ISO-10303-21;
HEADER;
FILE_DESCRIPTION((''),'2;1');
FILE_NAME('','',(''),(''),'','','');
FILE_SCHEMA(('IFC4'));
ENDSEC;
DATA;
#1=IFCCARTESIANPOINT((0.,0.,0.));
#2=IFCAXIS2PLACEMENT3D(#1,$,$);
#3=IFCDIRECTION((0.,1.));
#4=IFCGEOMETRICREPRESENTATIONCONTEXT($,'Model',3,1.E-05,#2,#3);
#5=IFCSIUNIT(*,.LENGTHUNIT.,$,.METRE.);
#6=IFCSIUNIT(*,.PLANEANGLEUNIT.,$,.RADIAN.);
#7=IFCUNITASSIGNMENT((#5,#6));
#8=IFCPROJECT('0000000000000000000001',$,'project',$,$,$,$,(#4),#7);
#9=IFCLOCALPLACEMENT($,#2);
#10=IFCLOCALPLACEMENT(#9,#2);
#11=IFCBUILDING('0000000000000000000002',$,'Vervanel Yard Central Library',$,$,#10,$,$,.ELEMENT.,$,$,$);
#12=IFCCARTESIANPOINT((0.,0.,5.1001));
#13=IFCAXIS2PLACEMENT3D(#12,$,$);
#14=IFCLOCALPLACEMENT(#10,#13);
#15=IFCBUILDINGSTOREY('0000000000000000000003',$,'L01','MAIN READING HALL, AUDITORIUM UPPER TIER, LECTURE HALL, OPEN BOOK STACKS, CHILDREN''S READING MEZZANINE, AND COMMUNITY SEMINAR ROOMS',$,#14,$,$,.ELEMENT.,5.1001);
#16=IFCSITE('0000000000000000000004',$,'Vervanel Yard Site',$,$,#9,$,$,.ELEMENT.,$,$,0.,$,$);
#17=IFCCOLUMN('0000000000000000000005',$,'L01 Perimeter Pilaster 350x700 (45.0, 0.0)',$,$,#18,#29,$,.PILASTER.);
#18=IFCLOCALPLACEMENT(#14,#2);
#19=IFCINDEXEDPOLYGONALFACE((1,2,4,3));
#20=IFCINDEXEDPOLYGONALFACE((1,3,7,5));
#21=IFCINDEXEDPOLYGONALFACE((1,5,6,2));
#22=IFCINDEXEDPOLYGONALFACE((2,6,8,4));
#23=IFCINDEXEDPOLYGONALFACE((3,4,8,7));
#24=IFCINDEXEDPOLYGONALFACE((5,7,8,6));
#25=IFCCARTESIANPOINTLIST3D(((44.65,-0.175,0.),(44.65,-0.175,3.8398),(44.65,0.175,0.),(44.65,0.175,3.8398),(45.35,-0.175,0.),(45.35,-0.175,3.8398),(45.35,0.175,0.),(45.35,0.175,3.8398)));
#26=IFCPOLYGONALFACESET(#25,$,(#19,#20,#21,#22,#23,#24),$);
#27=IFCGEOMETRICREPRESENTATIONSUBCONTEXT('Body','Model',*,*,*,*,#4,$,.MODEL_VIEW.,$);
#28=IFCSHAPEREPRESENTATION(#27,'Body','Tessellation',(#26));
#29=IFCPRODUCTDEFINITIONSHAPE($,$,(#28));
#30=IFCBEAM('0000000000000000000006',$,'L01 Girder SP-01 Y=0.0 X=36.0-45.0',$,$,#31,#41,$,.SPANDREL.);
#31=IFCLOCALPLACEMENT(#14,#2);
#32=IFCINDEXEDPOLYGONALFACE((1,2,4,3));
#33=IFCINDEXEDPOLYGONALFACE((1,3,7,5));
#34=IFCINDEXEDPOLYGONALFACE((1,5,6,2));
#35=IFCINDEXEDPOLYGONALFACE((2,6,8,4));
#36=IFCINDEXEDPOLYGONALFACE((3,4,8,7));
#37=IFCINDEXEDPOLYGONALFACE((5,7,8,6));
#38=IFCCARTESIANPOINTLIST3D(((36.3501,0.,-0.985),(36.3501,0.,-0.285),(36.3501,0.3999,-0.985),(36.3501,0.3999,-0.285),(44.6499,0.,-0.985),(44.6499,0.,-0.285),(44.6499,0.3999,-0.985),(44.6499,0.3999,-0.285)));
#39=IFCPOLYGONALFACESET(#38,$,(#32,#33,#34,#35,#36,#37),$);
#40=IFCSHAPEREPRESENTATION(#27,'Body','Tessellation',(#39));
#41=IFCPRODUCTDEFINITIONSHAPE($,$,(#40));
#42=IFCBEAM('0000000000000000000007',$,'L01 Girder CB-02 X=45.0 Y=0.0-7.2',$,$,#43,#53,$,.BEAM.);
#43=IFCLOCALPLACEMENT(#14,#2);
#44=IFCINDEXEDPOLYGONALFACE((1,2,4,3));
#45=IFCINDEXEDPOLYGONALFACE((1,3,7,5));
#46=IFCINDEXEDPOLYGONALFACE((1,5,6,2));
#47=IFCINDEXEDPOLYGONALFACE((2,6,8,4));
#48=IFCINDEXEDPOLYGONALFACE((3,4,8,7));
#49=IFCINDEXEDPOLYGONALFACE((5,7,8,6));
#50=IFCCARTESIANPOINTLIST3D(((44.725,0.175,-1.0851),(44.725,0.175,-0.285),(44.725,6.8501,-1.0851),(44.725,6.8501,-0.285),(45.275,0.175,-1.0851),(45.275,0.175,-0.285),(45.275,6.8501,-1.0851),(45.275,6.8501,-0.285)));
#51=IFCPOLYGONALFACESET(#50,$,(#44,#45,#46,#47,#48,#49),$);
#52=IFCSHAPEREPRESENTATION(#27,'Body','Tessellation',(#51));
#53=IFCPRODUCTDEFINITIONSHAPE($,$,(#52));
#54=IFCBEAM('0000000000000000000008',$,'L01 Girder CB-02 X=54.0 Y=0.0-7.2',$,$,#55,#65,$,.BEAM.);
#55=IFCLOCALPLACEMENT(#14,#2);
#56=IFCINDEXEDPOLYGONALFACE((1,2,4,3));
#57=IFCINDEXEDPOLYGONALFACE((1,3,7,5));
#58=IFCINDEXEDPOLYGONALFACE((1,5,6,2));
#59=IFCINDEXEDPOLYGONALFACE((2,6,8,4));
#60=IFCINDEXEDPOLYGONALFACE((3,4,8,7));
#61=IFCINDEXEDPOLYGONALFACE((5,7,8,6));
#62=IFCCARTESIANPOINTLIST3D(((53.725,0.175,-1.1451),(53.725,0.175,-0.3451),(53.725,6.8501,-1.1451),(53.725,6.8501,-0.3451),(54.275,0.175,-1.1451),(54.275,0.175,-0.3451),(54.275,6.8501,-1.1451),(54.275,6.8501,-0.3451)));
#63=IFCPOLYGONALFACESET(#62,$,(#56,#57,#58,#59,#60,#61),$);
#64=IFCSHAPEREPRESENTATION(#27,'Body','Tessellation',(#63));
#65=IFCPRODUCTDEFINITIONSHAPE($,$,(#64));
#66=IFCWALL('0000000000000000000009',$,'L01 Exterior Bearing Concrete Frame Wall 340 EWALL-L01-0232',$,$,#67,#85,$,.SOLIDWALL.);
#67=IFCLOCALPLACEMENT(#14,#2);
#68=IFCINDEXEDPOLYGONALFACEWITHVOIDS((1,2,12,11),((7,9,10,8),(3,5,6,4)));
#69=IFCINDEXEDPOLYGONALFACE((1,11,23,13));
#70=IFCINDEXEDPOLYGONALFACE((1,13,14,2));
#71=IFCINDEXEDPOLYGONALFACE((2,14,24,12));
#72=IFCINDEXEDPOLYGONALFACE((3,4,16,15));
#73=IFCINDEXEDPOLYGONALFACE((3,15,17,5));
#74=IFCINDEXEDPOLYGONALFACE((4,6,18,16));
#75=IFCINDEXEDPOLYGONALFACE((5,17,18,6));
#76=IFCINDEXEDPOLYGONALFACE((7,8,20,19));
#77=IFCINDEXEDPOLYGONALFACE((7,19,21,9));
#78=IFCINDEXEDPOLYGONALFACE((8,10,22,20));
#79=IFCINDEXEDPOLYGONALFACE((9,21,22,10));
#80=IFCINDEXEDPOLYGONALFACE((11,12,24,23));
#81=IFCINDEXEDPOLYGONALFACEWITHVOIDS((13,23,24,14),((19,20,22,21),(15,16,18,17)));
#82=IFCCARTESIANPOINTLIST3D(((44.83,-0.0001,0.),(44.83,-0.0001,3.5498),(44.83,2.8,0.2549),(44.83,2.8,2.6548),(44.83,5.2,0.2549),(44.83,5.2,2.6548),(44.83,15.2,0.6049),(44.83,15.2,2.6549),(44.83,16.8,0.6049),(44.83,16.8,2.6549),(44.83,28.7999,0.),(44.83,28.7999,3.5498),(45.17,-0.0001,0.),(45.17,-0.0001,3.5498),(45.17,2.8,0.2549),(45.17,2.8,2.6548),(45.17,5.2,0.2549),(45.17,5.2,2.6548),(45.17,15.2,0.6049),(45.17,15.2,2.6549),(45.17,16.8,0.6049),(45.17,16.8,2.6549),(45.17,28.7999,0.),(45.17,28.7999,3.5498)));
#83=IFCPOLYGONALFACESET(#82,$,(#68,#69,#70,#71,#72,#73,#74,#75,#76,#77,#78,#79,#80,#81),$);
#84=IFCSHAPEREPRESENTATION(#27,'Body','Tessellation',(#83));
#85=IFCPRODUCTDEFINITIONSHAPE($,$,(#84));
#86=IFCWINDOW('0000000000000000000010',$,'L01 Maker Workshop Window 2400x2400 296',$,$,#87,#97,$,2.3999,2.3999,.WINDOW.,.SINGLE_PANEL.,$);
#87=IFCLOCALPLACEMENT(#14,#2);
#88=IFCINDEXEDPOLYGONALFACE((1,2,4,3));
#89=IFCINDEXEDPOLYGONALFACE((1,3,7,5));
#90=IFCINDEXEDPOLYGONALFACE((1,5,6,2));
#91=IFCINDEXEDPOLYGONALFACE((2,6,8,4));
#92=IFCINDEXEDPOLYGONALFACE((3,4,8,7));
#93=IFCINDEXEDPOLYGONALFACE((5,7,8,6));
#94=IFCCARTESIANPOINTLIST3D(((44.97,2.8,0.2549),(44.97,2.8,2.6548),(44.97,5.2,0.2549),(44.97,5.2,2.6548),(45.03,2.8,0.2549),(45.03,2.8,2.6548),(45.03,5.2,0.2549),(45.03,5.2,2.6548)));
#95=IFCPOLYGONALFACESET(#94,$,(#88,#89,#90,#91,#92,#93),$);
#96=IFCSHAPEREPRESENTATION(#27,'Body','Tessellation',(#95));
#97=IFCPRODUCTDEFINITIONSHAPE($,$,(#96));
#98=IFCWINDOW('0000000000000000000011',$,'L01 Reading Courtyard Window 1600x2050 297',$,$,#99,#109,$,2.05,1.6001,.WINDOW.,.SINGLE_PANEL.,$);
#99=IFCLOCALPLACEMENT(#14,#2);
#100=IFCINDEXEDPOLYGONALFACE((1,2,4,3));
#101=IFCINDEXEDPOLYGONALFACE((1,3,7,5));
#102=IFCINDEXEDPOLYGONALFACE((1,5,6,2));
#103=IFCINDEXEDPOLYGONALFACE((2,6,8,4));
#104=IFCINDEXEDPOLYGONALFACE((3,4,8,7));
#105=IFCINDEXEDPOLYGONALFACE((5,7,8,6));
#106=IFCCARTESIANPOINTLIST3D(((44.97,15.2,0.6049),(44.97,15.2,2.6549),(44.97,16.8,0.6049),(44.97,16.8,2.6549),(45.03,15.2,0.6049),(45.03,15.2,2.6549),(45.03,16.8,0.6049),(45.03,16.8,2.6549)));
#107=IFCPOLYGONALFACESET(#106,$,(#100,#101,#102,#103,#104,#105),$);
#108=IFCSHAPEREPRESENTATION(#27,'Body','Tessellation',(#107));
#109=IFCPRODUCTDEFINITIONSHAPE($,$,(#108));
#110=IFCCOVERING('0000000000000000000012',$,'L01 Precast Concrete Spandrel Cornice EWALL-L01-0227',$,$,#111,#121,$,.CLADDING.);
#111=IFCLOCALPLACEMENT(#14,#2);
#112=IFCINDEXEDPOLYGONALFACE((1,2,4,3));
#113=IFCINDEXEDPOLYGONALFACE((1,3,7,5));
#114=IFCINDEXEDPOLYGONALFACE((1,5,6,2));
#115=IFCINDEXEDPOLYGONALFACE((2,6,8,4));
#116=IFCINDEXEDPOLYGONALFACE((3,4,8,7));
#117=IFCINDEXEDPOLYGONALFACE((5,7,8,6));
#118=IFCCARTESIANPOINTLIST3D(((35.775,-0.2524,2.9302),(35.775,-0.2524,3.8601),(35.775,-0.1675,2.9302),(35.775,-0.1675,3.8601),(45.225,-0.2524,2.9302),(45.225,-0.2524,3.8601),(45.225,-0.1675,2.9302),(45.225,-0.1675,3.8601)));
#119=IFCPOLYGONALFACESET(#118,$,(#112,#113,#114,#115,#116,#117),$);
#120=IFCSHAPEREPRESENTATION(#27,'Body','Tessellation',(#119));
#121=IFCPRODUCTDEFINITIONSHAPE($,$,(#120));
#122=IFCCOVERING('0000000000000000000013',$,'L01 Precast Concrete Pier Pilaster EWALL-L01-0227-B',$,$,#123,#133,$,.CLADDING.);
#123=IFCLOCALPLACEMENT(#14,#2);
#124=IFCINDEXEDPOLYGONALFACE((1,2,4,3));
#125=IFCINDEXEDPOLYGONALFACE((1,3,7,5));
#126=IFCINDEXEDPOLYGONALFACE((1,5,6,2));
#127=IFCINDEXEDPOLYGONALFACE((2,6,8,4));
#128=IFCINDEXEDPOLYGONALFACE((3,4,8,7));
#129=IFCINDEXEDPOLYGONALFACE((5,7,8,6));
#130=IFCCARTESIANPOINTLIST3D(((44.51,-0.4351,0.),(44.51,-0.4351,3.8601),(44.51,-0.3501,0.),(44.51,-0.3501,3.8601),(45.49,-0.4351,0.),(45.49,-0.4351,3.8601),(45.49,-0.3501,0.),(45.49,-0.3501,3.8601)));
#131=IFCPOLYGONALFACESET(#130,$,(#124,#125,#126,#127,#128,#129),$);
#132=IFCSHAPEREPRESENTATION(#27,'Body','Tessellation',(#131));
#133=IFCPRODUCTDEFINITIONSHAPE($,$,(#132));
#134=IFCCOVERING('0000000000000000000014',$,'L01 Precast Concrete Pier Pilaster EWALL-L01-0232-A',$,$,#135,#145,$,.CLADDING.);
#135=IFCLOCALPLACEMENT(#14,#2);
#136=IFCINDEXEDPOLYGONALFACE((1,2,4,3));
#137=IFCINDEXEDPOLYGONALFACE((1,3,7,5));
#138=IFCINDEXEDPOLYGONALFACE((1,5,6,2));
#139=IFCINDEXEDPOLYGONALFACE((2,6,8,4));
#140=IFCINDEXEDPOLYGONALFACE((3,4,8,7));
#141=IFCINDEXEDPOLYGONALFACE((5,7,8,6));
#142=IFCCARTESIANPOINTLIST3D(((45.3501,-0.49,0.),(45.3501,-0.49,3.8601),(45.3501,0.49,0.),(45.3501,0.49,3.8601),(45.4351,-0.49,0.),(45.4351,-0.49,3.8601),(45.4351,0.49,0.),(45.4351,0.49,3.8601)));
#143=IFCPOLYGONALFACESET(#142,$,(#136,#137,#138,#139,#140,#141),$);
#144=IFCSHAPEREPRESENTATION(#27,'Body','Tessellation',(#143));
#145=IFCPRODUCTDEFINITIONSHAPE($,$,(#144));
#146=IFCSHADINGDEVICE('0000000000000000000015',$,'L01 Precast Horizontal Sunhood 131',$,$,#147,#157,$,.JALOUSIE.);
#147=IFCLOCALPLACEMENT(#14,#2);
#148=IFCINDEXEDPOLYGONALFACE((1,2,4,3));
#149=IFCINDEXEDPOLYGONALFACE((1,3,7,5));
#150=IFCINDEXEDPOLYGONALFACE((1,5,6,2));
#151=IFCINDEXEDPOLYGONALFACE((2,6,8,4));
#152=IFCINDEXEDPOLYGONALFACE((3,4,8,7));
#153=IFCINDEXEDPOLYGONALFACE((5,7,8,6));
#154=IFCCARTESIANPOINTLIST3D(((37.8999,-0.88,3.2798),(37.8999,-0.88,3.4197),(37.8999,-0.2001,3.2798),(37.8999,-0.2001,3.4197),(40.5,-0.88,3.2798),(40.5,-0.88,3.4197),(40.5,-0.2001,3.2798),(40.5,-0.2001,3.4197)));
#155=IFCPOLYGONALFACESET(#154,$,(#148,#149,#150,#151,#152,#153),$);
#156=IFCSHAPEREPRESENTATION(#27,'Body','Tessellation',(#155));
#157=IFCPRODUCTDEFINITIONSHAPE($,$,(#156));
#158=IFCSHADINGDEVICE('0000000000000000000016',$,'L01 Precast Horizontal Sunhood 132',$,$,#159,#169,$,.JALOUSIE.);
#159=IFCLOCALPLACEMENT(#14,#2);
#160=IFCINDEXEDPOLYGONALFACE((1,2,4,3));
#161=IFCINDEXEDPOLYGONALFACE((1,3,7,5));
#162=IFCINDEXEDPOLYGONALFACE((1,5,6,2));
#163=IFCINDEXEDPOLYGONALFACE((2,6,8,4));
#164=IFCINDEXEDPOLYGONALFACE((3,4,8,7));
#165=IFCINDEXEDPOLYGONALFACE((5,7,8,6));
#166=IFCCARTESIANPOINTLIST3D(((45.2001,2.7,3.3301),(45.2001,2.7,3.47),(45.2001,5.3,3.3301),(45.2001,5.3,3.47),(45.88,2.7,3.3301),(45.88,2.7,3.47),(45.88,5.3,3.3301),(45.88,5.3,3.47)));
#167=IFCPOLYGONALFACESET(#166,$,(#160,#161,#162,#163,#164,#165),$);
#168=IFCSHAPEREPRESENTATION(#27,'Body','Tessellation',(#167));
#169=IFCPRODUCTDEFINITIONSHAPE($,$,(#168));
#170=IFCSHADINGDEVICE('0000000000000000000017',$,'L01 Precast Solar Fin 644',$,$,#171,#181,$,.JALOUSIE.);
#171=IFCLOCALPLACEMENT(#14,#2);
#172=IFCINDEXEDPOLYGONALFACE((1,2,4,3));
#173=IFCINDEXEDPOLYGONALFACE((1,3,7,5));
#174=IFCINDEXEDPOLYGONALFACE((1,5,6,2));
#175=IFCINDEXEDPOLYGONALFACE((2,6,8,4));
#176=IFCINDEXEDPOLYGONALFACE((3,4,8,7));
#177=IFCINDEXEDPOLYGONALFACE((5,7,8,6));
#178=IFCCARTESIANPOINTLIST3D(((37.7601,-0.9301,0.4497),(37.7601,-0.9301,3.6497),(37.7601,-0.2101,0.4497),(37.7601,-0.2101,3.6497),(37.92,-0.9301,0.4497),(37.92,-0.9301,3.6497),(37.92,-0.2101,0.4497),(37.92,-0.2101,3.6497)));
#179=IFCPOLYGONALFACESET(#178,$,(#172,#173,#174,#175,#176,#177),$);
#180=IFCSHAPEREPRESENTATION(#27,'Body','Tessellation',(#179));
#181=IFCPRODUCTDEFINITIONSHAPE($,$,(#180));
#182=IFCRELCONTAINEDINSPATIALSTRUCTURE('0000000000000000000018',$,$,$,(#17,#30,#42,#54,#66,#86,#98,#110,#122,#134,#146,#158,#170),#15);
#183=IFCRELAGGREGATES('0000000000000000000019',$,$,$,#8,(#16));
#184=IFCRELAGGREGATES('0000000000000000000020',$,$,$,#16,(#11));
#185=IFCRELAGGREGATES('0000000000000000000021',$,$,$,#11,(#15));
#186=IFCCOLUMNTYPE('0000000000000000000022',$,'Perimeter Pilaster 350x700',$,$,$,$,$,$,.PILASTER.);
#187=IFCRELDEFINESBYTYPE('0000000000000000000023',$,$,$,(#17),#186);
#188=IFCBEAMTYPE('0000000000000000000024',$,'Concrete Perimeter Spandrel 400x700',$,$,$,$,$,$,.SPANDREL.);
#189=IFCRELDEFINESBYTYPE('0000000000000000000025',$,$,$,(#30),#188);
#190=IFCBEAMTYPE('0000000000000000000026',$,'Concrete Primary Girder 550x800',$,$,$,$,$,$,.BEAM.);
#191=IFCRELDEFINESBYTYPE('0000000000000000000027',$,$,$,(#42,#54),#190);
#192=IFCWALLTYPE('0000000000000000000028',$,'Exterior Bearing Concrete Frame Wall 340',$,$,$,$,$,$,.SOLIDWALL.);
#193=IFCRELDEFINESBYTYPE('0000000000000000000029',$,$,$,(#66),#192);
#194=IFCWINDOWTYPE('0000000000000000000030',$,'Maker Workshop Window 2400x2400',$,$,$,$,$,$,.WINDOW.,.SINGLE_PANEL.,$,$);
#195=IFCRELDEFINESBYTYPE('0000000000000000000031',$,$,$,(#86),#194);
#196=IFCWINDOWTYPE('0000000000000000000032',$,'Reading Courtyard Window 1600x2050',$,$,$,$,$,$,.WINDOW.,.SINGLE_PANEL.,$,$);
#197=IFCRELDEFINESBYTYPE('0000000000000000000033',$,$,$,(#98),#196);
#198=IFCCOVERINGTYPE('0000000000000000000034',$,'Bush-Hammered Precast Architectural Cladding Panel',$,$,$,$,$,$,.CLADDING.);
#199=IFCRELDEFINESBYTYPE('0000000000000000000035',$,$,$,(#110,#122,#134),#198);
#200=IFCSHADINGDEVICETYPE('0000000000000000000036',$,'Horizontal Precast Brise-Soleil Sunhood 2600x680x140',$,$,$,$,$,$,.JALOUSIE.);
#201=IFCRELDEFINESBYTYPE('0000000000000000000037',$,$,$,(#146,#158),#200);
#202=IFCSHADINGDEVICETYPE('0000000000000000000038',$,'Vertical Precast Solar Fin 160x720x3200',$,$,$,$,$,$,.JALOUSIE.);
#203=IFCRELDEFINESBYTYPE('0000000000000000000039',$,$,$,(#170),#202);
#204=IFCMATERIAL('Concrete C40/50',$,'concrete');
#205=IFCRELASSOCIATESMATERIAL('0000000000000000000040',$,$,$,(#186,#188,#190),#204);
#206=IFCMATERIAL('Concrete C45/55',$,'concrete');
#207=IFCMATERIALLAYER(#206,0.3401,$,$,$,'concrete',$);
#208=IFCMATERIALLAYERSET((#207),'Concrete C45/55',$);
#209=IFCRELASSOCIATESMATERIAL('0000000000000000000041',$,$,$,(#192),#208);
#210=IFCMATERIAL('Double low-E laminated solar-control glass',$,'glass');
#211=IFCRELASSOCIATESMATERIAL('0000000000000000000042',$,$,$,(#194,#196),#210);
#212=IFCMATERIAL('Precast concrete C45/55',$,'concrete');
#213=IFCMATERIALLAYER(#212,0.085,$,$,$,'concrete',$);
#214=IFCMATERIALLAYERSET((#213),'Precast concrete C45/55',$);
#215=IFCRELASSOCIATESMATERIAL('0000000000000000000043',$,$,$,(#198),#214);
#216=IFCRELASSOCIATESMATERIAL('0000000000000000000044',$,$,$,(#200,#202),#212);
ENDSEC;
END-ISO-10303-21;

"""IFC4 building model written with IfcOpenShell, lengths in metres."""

from ifc_helpers import new_model, si_unit, direction, frame, frame_2d, origin, origin_2d, place, context, subcontext, project, spatial, rectangle, extrude, material, layer, layer_set, material_profile, profile_set, type_object, element, fill, save


model = new_model("IFC4")

# Units and contexts
model_context = context("Model", 3, precision=1e-05, world=origin(), true_north=direction((0.0, 1.0)))
body_context = subcontext(model_context, "Body", "Model", "MODEL_VIEW")
ifc_project = project(units=[si_unit("LENGTHUNIT", "METRE"), si_unit("PLANEANGLEUNIT", "RADIAN")], contexts=[model_context])

# Site, building, storey
site_placement = place(None, origin())
site = spatial("IfcSite", under=ifc_project, at=site_placement, Name="Vervanel Yard Site", CompositionType="ELEMENT", RefElevation=0.0)
building_placement = place(site_placement, origin())
building = spatial("IfcBuilding", under=site, at=building_placement, Name="Vervanel Yard Central Library", CompositionType="ELEMENT")
storey_placement = place(building_placement, frame((0.0, 0.0, 5.1001)))
storey = spatial("IfcBuildingStorey", under=building, at=storey_placement, Name="L01", Description="MAIN READING HALL, AUDITORIUM UPPER TIER, LECTURE HALL, OPEN BOOK STACKS, CHILDREN'S READING MEZZANINE, AND COMMUNITY SEMINAR ROOMS", CompositionType="ELEMENT", Elevation=5.1001)

# Column
ifc_material_1 = material(Name="Concrete C40/50", Category="concrete")
ifc_material_profile_1 = material_profile(ifc_material_1, rectangle(XDim=0.3501, YDim=0.7, at=origin_2d()), Name="RC 350x700", Category="concrete")
ifc_profile_set_1 = profile_set([ifc_material_profile_1], Name="Concrete C40/50")
column_type = type_object("IfcColumnType", Name="Perimeter Pilaster 350x700", PredefinedType="PILASTER", material=ifc_profile_set_1)
column_placement = place(storey_placement, frame((45.0, 0.0, 0.0), z_axis=(0.0, 0.0, 1.0), x_axis=(0.0, 1.0, 0.0)))
element("IfcColumn", 1, at=column_placement, inside=storey, type_object=column_type, Name="L01 Perimeter Pilaster 350x700 (45.0, 0.0)", PredefinedType="PILASTER", context=body_context, shape_type="SweptSolid", body=[
    extrude(rectangle(XDim=0.3501, YDim=0.7, at=origin_2d()), origin(), (0.0, 0.0, 1.0), 3.8398),
])

# Beams
ifc_material_profile_2 = material_profile(ifc_material_1, rectangle(XDim=0.3999, YDim=0.7, at=origin_2d()), Name="RC 400x700", Category="concrete")
ifc_profile_set_2 = profile_set([ifc_material_profile_2], Name="Concrete C40/50")
beam_type_1 = type_object("IfcBeamType", Name="Concrete Perimeter Spandrel 400x700", PredefinedType="SPANDREL", material=ifc_profile_set_2)
beam_placement = place(storey_placement, frame((36.3501, 0.2, -0.635), z_axis=(1.0, 0.0, 0.0), x_axis=(0.0, 1.0, 0.0)))
element("IfcBeam", 2, at=beam_placement, inside=storey, type_object=beam_type_1, Name="L01 Girder SP-01 Y=0.0 X=36.0-45.0", PredefinedType="SPANDREL", context=body_context, shape_type="SweptSolid", body=[
    extrude(rectangle(XDim=0.3999, YDim=0.7, at=origin_2d()), origin(), (0.0, 0.0, 1.0), 8.2998),
])
ifc_material_profile_3 = material_profile(ifc_material_1, rectangle(XDim=0.55, YDim=0.8, at=origin_2d()), Name="RC 550x800", Category="concrete")
ifc_profile_set_3 = profile_set([ifc_material_profile_3], Name="Concrete C40/50")
beam_type_2 = type_object("IfcBeamType", Name="Concrete Primary Girder 550x800", PredefinedType="BEAM", material=ifc_profile_set_3)
for number, where, z_axis, x_axis, name in (
    (3, (45.0, 0.175, -0.6851), (0.0, 1.0, 0.0), (-1.0, 0.0, 0.0), "L01 Girder CB-02 X=45.0 Y=0.0-7.2"),
    (4, (54.0, 0.175, -0.7451), (0.0, 1.0, 0.0), (-1.0, 0.0, 0.0), "L01 Girder CB-02 X=54.0 Y=0.0-7.2"),
):
    element("IfcBeam", number, at=place(storey_placement, frame(where, z_axis=z_axis, x_axis=x_axis)), inside=storey, type_object=beam_type_2, Name=name, PredefinedType="BEAM", context=body_context, shape_type="SweptSolid", body=[
        extrude(rectangle(XDim=0.55, YDim=0.8, at=origin_2d()), origin(), (0.0, 0.0, 1.0), 6.675),
    ])

# Wall, openings, windows
ifc_material_2 = material(Name="Concrete C45/55", Category="concrete")
ifc_layer_1 = layer(ifc_material_2, 0.3401, Category="concrete")
ifc_layer_set_1 = layer_set([ifc_layer_1], Name="Concrete C45/55")
wall_type = type_object("IfcWallType", Name="Exterior Bearing Concrete Frame Wall 340", PredefinedType="SOLIDWALL", material=ifc_layer_set_1)
wall_placement = place(storey_placement, frame((45.0, 0.0, 0.0), z_axis=(0.0, 0.0, 1.0), x_axis=(0.0, 1.0, 0.0)))
wall = element("IfcWall", 5, at=wall_placement, inside=storey, type_object=wall_type, Name="L01 Exterior Bearing Concrete Frame Wall 340 EWALL-L01-0232", PredefinedType="SOLIDWALL", context=body_context, shape_type="SweptSolid", body=[
    extrude(rectangle(XDim=28.8, YDim=0.3401, at=frame_2d((14.3999, 0.0))), origin(), (0.0, 0.0, 1.0), 3.5498),
])
opening_1_placement = place(wall_placement, frame((2.8, 0.0, 0.2549)))
opening_1 = element("IfcOpeningElement", 6, at=opening_1_placement, cuts=wall, PredefinedType="OPENING", context=body_context, shape_type="SweptSolid", body=[
    extrude(rectangle(XDim=2.3999, YDim=2.3999, at=frame_2d((1.2, 1.2))), frame((0.0, 0.1799, 0.0), z_axis=(0.0, -1.0, 0.0), x_axis=(1.0, 0.0, 0.0)), (0.0, 0.0, 1.0), 0.3601),
])
opening_2_placement = place(wall_placement, frame((15.2, 0.0, 0.605)))
opening_2 = element("IfcOpeningElement", 7, at=opening_2_placement, cuts=wall, PredefinedType="OPENING", context=body_context, shape_type="SweptSolid", body=[
    extrude(rectangle(XDim=1.6001, YDim=2.05, at=frame_2d((0.8, 1.0249))), frame((0.0, 0.1799, 0.0), z_axis=(0.0, -1.0, 0.0), x_axis=(1.0, 0.0, 0.0)), (0.0, 0.0, 1.0), 0.3601),
])
ifc_material_3 = material(Name="Double low-E laminated solar-control glass", Category="glass")
window_type_1 = type_object("IfcWindowType", Name="Maker Workshop Window 2400x2400", PartitioningType="SINGLE_PANEL", PredefinedType="WINDOW", material=ifc_material_3)
window_1_placement = place(opening_1_placement, origin())
window_1 = element("IfcWindow", 8, at=window_1_placement, inside=storey, type_object=window_type_1, Name="L01 Maker Workshop Window 2400x2400 296", OverallHeight=2.3999, OverallWidth=2.3999, PartitioningType="SINGLE_PANEL", PredefinedType="WINDOW", context=body_context, shape_type="SweptSolid", body=[
    extrude(rectangle(XDim=2.3999, YDim=2.3999, at=frame_2d((1.2, 1.2))), frame((0.0, 0.03, 0.0), z_axis=(0.0, -1.0, 0.0), x_axis=(1.0, 0.0, 0.0)), (0.0, 0.0, 1.0), 0.0601),
])
fill(opening_1, window_1)
window_type_2 = type_object("IfcWindowType", Name="Reading Courtyard Window 1600x2050", PartitioningType="SINGLE_PANEL", PredefinedType="WINDOW", material=ifc_material_3)
window_2_placement = place(opening_2_placement, origin())
window_2 = element("IfcWindow", 9, at=window_2_placement, inside=storey, type_object=window_type_2, Name="L01 Reading Courtyard Window 1600x2050 297", OverallHeight=2.05, OverallWidth=1.6001, PartitioningType="SINGLE_PANEL", PredefinedType="WINDOW", context=body_context, shape_type="SweptSolid", body=[
    extrude(rectangle(XDim=1.6001, YDim=2.05, at=frame_2d((0.8, 1.0249))), frame((0.0, 0.03, 0.0), z_axis=(0.0, -1.0, 0.0), x_axis=(1.0, 0.0, 0.0)), (0.0, 0.0, 1.0), 0.0601),
])
fill(opening_2, window_2)

# Coverings
ifc_material_4 = material(Name="Precast concrete C45/55", Category="concrete")
ifc_layer_2 = layer(ifc_material_4, 0.085, Category="concrete")
ifc_layer_set_2 = layer_set([ifc_layer_2], Name="Precast concrete C45/55")
covering_type = type_object("IfcCoveringType", Name="Bush-Hammered Precast Architectural Cladding Panel", PredefinedType="CLADDING", material=ifc_layer_set_2)
covering_placement = place(storey_placement, frame((40.5, -0.21, 2.9302), z_axis=(0.0, 0.0, 1.0), x_axis=(1.0, 0.0, 0.0)))
element("IfcCovering", 10, at=covering_placement, inside=storey, type_object=covering_type, Name="L01 Precast Concrete Spandrel Cornice EWALL-L01-0227", PredefinedType="CLADDING", context=body_context, shape_type="SweptSolid", body=[
    extrude(rectangle(XDim=9.45, YDim=0.085, at=origin_2d()), origin(), (0.0, 0.0, 1.0), 0.9299),
])
for number, where, z_axis, x_axis, name in (
    (11, (45.0, -0.3926, 0.0), (0.0, 0.0, 1.0), (1.0, 0.0, 0.0), "L01 Precast Concrete Pier Pilaster EWALL-L01-0227-B"),
    (12, (45.3926, 0.0, 0.0), (0.0, 0.0, 1.0), (0.0, 1.0, 0.0), "L01 Precast Concrete Pier Pilaster EWALL-L01-0232-A"),
):
    element("IfcCovering", number, at=place(storey_placement, frame(where, z_axis=z_axis, x_axis=x_axis)), inside=storey, type_object=covering_type, Name=name, PredefinedType="CLADDING", context=body_context, shape_type="SweptSolid", body=[
        extrude(rectangle(XDim=0.98, YDim=0.085, at=origin_2d()), origin(), (0.0, 0.0, 1.0), 3.8601),
    ])

# Shading devices
shading_device_type_1 = type_object("IfcShadingDeviceType", Name="Horizontal Precast Brise-Soleil Sunhood 2600x680x140", PredefinedType="JALOUSIE", material=ifc_material_4)
for number, where, z_axis, x_axis, name in (
    (13, (39.2, -0.54, 3.2798), (0.0, 0.0, 1.0), (1.0, 0.0, 0.0), "L01 Precast Horizontal Sunhood 131"),
    (14, (45.54, 4.0, 3.3301), (0.0, 0.0, 1.0), (0.0, 1.0, 0.0), "L01 Precast Horizontal Sunhood 132"),
):
    element("IfcShadingDevice", number, at=place(storey_placement, frame(where, z_axis=z_axis, x_axis=x_axis)), inside=storey, type_object=shading_device_type_1, Name=name, PredefinedType="JALOUSIE", context=body_context, shape_type="SweptSolid", body=[
        extrude(rectangle(XDim=2.6001, YDim=0.6799, at=origin_2d()), origin(), (0.0, 0.0, 1.0), 0.1399),
    ])
shading_device_type_2 = type_object("IfcShadingDeviceType", Name="Vertical Precast Solar Fin 160x720x3200", PredefinedType="JALOUSIE", material=ifc_material_4)
for number, where, z_axis, x_axis, name in (
    (15, (37.8401, -0.5701, 0.4497), (0.0, 0.0, 1.0), (1.0, 0.0, 0.0), "L01 Precast Solar Fin 644"),
):
    element("IfcShadingDevice", number, at=place(storey_placement, frame(where, z_axis=z_axis, x_axis=x_axis)), inside=storey, type_object=shading_device_type_2, Name=name, PredefinedType="JALOUSIE", context=body_context, shape_type="SweptSolid", body=[
        extrude(rectangle(XDim=0.1599, YDim=0.72, at=origin_2d()), origin(), (0.0, 0.0, 1.0), 3.2),
    ])

save(model, "model.ifc")
